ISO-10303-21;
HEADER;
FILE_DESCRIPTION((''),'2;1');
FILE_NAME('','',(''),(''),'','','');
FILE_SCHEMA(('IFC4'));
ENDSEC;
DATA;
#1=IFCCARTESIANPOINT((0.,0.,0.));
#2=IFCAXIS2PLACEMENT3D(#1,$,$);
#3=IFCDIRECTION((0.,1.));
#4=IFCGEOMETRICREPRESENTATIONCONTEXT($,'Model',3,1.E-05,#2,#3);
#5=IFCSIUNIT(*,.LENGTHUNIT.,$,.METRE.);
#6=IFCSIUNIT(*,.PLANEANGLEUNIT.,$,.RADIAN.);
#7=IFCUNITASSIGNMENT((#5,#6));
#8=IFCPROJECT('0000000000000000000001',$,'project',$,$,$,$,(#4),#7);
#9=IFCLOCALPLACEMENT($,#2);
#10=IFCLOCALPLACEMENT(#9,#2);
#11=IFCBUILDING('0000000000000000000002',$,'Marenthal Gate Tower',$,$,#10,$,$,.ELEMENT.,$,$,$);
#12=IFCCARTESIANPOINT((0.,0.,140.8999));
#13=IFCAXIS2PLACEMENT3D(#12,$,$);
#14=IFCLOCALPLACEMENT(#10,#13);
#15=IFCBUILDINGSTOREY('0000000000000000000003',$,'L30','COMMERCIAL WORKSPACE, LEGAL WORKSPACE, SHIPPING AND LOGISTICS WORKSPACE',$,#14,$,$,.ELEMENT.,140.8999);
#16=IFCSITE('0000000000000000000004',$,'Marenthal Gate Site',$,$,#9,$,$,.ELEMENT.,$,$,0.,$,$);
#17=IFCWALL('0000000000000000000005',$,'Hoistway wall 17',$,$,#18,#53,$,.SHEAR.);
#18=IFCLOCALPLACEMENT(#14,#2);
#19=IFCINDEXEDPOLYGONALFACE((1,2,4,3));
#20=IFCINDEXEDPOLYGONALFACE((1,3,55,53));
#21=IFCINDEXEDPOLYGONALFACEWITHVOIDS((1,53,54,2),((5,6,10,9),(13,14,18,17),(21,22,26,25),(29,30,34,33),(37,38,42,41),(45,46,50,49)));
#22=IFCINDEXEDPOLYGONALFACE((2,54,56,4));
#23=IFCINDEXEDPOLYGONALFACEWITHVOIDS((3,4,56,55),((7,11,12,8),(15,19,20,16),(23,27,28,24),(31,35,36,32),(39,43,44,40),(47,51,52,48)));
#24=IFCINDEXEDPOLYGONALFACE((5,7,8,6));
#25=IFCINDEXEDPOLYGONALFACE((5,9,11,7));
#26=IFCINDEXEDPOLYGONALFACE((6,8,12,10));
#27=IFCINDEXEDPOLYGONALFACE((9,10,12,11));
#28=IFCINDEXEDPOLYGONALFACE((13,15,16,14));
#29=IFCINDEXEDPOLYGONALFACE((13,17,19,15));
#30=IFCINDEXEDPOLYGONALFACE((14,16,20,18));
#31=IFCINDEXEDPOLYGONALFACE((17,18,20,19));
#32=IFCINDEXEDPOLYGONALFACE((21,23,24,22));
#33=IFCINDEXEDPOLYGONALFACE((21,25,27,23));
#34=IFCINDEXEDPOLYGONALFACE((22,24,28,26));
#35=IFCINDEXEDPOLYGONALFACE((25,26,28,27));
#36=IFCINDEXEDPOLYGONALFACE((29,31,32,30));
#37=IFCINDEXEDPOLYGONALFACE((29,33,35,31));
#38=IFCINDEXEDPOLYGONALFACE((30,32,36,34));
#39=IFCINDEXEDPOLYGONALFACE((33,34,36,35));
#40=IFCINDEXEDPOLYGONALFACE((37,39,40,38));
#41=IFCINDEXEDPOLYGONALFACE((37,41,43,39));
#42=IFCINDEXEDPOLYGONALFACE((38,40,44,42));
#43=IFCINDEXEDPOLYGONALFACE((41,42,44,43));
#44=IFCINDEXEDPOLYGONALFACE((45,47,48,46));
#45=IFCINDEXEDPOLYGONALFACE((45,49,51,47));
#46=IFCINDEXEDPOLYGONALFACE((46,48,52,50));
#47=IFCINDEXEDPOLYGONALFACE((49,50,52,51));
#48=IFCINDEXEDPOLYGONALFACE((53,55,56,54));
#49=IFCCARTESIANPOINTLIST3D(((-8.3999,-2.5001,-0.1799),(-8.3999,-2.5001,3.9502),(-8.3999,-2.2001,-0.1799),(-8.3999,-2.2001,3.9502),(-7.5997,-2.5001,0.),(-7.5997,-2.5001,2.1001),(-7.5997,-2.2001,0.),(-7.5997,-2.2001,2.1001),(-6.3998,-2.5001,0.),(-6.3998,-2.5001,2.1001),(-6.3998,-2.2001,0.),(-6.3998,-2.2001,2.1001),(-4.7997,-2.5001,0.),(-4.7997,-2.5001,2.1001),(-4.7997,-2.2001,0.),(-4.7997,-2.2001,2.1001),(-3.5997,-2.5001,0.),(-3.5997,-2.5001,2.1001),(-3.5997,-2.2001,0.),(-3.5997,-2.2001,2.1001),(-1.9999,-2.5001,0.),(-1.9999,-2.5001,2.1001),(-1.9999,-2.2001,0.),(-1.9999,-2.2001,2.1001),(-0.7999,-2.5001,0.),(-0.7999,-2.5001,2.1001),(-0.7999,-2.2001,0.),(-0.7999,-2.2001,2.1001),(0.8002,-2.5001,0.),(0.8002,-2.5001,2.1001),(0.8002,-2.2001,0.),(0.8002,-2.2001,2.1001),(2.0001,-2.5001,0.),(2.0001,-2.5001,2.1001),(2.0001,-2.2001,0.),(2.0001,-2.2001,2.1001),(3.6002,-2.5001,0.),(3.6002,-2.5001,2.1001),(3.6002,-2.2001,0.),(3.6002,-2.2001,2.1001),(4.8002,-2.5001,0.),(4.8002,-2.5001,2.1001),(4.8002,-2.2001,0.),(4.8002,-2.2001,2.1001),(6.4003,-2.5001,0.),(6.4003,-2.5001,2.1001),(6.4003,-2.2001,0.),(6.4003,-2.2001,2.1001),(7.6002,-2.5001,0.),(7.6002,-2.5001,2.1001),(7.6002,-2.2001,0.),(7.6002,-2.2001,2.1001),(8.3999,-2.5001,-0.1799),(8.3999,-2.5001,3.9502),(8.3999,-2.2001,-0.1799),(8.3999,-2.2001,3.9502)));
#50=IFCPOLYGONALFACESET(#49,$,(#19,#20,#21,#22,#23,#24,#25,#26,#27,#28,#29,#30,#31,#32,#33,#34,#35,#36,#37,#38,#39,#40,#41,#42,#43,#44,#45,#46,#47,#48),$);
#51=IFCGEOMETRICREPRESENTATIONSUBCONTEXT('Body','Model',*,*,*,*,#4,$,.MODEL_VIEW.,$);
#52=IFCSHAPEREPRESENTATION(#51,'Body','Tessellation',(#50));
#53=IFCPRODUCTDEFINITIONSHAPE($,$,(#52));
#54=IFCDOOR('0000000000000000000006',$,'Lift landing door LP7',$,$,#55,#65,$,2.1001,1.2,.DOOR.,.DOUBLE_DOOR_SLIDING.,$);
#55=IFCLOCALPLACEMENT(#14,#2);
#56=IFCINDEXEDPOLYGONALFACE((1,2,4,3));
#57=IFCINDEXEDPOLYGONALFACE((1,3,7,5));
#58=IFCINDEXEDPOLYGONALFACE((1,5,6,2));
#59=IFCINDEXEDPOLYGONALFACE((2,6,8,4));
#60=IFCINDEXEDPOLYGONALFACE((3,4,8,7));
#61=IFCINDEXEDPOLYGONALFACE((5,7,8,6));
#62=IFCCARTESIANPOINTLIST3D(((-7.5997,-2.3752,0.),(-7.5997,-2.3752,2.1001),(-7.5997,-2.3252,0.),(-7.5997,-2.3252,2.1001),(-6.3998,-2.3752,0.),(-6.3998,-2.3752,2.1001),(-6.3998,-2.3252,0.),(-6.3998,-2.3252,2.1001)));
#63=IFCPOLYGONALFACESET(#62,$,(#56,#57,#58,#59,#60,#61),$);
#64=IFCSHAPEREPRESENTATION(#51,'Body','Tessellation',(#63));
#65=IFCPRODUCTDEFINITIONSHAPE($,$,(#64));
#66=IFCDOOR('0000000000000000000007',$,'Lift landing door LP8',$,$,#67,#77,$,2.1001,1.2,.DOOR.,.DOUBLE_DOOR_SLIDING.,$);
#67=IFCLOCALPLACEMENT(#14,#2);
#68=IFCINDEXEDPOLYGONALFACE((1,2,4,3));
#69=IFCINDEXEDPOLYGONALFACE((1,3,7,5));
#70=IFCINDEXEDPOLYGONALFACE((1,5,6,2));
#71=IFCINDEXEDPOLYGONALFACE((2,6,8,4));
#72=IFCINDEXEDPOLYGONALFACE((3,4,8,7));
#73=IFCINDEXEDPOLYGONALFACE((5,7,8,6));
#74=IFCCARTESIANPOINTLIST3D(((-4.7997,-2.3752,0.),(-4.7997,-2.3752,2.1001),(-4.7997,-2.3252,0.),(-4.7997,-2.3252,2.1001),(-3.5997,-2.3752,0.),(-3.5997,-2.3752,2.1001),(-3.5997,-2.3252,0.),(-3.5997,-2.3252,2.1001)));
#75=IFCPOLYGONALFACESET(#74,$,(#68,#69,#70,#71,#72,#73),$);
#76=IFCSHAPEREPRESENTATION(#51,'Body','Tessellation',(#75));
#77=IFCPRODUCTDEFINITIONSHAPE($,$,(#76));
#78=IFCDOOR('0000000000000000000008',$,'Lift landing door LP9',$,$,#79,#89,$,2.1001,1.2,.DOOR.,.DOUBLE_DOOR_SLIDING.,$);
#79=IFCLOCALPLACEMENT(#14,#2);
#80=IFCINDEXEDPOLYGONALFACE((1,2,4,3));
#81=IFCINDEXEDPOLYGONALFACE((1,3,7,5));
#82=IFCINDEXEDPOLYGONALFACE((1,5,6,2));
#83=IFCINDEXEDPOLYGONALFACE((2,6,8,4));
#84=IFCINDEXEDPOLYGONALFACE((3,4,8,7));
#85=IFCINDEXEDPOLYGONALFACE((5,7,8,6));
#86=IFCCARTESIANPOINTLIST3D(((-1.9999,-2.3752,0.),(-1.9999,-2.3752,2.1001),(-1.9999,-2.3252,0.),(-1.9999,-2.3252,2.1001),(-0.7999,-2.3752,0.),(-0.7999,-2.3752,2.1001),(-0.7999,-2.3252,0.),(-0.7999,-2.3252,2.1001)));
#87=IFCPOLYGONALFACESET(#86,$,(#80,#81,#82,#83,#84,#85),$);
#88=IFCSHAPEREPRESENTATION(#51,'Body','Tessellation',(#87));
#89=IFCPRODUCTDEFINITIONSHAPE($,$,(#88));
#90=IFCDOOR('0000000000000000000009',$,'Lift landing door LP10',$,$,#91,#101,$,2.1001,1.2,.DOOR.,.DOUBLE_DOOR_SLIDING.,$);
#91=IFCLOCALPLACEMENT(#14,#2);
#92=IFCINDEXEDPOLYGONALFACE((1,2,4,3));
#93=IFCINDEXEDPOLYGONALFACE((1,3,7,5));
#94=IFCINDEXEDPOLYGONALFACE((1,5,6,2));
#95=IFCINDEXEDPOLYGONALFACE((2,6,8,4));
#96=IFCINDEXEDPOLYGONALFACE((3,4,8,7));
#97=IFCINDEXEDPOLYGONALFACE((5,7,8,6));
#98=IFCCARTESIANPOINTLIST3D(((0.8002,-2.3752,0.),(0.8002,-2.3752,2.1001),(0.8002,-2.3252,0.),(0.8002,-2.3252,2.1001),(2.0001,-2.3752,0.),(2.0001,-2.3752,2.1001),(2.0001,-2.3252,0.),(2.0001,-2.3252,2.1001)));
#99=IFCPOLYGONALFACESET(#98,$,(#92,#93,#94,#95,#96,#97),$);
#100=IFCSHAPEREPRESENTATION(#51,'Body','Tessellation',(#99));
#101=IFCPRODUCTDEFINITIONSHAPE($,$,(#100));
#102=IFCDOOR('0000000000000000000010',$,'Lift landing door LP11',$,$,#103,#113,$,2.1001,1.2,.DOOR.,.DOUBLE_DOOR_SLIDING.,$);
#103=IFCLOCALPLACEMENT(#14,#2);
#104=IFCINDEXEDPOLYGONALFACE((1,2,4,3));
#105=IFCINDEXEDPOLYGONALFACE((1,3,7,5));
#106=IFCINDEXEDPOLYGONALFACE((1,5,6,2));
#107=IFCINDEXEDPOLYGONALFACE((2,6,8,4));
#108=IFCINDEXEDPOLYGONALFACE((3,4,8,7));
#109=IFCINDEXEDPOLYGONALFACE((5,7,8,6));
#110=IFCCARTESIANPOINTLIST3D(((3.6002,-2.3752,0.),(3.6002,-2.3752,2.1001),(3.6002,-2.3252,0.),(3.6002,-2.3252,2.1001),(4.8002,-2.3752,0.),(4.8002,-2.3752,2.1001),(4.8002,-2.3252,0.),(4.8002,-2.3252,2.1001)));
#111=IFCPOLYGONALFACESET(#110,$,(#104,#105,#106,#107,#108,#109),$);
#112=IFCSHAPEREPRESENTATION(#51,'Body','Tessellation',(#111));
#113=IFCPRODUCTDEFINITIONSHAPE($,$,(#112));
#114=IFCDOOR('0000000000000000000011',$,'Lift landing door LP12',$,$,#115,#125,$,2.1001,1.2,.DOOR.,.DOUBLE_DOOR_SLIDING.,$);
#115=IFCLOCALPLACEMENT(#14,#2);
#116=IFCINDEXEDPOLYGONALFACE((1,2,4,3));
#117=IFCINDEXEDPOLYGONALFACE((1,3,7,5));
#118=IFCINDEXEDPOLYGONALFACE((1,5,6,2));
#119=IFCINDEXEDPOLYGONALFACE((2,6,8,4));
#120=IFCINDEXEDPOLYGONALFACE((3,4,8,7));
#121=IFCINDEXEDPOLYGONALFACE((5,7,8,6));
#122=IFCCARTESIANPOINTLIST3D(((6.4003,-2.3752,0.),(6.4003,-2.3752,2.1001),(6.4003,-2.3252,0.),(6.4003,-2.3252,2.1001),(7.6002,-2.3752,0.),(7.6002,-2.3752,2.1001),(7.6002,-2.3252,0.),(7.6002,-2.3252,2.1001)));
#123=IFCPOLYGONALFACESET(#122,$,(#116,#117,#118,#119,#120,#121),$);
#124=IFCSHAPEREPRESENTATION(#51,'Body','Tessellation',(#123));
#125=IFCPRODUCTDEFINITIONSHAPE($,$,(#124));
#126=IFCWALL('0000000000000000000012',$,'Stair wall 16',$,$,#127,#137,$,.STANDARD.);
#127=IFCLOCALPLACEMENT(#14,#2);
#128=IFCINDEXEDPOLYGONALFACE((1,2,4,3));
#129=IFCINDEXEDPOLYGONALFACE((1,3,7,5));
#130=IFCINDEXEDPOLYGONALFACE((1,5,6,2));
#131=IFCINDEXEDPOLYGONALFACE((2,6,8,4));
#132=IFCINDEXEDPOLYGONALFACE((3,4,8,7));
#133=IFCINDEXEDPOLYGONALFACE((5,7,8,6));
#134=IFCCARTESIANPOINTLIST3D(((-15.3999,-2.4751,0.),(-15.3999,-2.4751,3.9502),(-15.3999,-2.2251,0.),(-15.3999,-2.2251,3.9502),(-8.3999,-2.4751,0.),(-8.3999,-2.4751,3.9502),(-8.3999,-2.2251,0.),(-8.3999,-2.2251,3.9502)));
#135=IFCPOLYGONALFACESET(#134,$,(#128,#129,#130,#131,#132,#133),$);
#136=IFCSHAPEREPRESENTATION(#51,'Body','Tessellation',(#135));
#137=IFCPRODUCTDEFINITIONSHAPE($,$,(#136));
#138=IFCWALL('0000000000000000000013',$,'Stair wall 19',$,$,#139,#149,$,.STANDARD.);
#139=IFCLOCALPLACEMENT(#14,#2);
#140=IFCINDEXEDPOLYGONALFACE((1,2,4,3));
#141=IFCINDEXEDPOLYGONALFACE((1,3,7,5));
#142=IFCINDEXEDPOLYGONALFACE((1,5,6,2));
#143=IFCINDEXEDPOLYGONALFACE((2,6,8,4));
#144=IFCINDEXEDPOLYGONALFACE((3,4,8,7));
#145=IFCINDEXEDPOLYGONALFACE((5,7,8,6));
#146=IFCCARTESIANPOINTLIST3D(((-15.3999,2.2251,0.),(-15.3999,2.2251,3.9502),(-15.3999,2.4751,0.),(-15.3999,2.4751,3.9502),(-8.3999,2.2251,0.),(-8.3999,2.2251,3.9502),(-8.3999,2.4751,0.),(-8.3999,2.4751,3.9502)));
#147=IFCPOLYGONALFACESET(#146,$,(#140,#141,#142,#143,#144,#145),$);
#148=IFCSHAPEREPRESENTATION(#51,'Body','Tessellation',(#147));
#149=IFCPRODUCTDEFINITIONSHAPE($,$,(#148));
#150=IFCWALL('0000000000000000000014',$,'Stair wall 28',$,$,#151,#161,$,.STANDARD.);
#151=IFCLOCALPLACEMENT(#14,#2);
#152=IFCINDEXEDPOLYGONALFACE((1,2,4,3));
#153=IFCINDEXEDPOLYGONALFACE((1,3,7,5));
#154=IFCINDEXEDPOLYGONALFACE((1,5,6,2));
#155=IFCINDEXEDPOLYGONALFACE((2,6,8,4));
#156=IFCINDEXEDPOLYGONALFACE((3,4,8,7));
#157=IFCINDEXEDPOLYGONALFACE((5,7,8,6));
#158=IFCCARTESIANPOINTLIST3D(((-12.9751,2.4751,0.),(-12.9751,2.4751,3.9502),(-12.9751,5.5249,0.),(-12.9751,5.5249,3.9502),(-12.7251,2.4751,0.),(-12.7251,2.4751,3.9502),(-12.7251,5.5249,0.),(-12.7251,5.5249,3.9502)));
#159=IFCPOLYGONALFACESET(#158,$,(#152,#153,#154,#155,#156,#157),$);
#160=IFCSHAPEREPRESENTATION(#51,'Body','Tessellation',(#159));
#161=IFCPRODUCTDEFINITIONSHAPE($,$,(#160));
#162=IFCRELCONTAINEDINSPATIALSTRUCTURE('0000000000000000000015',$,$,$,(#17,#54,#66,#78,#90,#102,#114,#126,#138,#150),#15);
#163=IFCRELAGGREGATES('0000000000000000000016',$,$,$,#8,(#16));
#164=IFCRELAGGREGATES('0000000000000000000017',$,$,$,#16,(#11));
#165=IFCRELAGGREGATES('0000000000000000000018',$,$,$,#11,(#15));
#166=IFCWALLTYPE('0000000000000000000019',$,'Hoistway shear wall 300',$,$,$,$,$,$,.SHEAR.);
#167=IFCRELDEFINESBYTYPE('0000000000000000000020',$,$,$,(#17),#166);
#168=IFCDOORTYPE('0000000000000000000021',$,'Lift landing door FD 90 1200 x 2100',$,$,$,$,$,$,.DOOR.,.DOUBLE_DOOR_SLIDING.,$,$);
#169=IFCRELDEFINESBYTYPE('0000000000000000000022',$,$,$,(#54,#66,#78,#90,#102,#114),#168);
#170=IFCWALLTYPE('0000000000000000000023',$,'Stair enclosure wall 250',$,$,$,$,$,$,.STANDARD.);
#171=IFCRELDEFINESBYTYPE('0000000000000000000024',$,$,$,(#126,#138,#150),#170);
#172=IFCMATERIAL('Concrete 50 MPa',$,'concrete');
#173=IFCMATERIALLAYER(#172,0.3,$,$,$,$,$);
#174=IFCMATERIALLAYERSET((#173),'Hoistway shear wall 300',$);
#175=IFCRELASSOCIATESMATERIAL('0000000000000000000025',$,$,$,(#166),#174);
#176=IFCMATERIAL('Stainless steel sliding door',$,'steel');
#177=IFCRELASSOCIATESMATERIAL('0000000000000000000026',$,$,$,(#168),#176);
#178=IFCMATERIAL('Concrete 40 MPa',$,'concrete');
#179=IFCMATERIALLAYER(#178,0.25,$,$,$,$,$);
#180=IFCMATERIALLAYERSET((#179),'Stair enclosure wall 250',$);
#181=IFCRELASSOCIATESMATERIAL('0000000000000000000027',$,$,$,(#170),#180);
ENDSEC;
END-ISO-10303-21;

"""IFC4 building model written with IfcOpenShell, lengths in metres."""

from ifc_helpers import new_model, si_unit, direction, frame, frame_2d, origin, place, context, subcontext, project, spatial, rectangle, extrude, material, layer, layer_set, type_object, element, fill, save


model = new_model("IFC4")

# Units and contexts
model_context = context("Model", 3, precision=1e-05, world=origin(), true_north=direction((0.0, 1.0)))
body_context = subcontext(model_context, "Body", "Model", "MODEL_VIEW")
ifc_project = project(units=[si_unit("LENGTHUNIT", "METRE"), si_unit("PLANEANGLEUNIT", "RADIAN")], contexts=[model_context])

# Site, building, storey
site_placement = place(None, origin())
site = spatial("IfcSite", under=ifc_project, at=site_placement, Name="Marenthal Gate Site", CompositionType="ELEMENT", RefElevation=0.0)
building_placement = place(site_placement, origin())
building = spatial("IfcBuilding", under=site, at=building_placement, Name="Marenthal Gate Tower", CompositionType="ELEMENT")
storey_placement = place(building_placement, frame((0.0, 0.0, 140.8999)))
storey = spatial("IfcBuildingStorey", under=building, at=storey_placement, Name="L30", Description="COMMERCIAL WORKSPACE, LEGAL WORKSPACE, SHIPPING AND LOGISTICS WORKSPACE", CompositionType="ELEMENT", Elevation=140.8999)

# Wall, openings, doors
ifc_material_1 = material(Name="Concrete 50 MPa", Category="concrete")
ifc_layer_1 = layer(ifc_material_1, 0.3)
ifc_layer_set_1 = layer_set([ifc_layer_1], Name="Hoistway shear wall 300")
wall_type_1 = type_object("IfcWallType", Name="Hoistway shear wall 300", PredefinedType="SHEAR", material=ifc_layer_set_1)
wall_1_placement = place(storey_placement, frame((-8.3999, -2.3501, -0.1799), z_axis=(0.0, 0.0, 1.0), x_axis=(1.0, 0.0, 0.0)))
wall_1 = element("IfcWall", 1, at=wall_1_placement, inside=storey, type_object=wall_type_1, Name="Hoistway wall 17", PredefinedType="SHEAR", context=body_context, shape_type="SweptSolid", body=[
    extrude(rectangle(XDim=16.7998, YDim=0.3, at=frame_2d((8.3999, 0.0))), origin(), (0.0, 0.0, 1.0), 4.1301),
])
opening_1_placement = place(wall_1_placement, frame((0.8, 0.0, 0.1799)))
opening_1 = element("IfcOpeningElement", 2, at=opening_1_placement, cuts=wall_1, PredefinedType="OPENING", context=body_context, shape_type="SweptSolid", body=[
    extrude(rectangle(XDim=1.2, YDim=2.1001, at=frame_2d((0.6001, 1.05))), frame((0.0, 0.1602, 0.0), z_axis=(0.0, -1.0, 0.0), x_axis=(1.0, 0.0, 0.0)), (0.0, 0.0, 1.0), 0.3201),
])
opening_2_placement = place(wall_1_placement, frame((3.6001, 0.0, 0.1799)))
opening_2 = element("IfcOpeningElement", 3, at=opening_2_placement, cuts=wall_1, PredefinedType="OPENING", context=body_context, shape_type="SweptSolid", body=[
    extrude(rectangle(XDim=1.2, YDim=2.1001, at=frame_2d((0.6001, 1.05))), frame((0.0, 0.1602, 0.0), z_axis=(0.0, -1.0, 0.0), x_axis=(1.0, 0.0, 0.0)), (0.0, 0.0, 1.0), 0.3201),
])
opening_3_placement = place(wall_1_placement, frame((6.3999, 0.0, 0.1799)))
opening_3 = element("IfcOpeningElement", 4, at=opening_3_placement, cuts=wall_1, PredefinedType="OPENING", context=body_context, shape_type="SweptSolid", body=[
    extrude(rectangle(XDim=1.2, YDim=2.1001, at=frame_2d((0.6001, 1.05))), frame((0.0, 0.1602, 0.0), z_axis=(0.0, -1.0, 0.0), x_axis=(1.0, 0.0, 0.0)), (0.0, 0.0, 1.0), 0.3201),
])
opening_4_placement = place(wall_1_placement, frame((9.2, 0.0, 0.1799)))
opening_4 = element("IfcOpeningElement", 5, at=opening_4_placement, cuts=wall_1, PredefinedType="OPENING", context=body_context, shape_type="SweptSolid", body=[
    extrude(rectangle(XDim=1.2, YDim=2.1001, at=frame_2d((0.6001, 1.05))), frame((0.0, 0.1602, 0.0), z_axis=(0.0, -1.0, 0.0), x_axis=(1.0, 0.0, 0.0)), (0.0, 0.0, 1.0), 0.3201),
])
opening_5_placement = place(wall_1_placement, frame((12.0, 0.0, 0.1799)))
opening_5 = element("IfcOpeningElement", 6, at=opening_5_placement, cuts=wall_1, PredefinedType="OPENING", context=body_context, shape_type="SweptSolid", body=[
    extrude(rectangle(XDim=1.2, YDim=2.1001, at=frame_2d((0.6001, 1.05))), frame((0.0, 0.1602, 0.0), z_axis=(0.0, -1.0, 0.0), x_axis=(1.0, 0.0, 0.0)), (0.0, 0.0, 1.0), 0.3201),
])
opening_6_placement = place(wall_1_placement, frame((14.8, 0.0, 0.1799)))
opening_6 = element("IfcOpeningElement", 7, at=opening_6_placement, cuts=wall_1, PredefinedType="OPENING", context=body_context, shape_type="SweptSolid", body=[
    extrude(rectangle(XDim=1.2, YDim=2.1001, at=frame_2d((0.6001, 1.05))), frame((0.0, 0.1602, 0.0), z_axis=(0.0, -1.0, 0.0), x_axis=(1.0, 0.0, 0.0)), (0.0, 0.0, 1.0), 0.3201),
])
ifc_material_2 = material(Name="Stainless steel sliding door", Category="steel")
door_type_1 = type_object("IfcDoorType", Name="Lift landing door FD 90 1200 x 2100", OperationType="DOUBLE_DOOR_SLIDING", PredefinedType="DOOR", material=ifc_material_2)
door_1_placement = place(opening_1_placement, origin())
door_1 = element("IfcDoor", 8, at=door_1_placement, inside=storey, type_object=door_type_1, Name="Lift landing door LP7", OperationType="DOUBLE_DOOR_SLIDING", OverallHeight=2.1001, OverallWidth=1.2, PredefinedType="DOOR", context=body_context, shape_type="SweptSolid", body=[
    extrude(rectangle(XDim=1.2, YDim=2.1001, at=frame_2d((0.6001, 1.05))), frame((0.0, 0.0249, 0.0), z_axis=(0.0, -1.0, 0.0), x_axis=(1.0, 0.0, 0.0)), (0.0, 0.0, 1.0), 0.05),
])
fill(opening_1, door_1)
door_2_placement = place(opening_2_placement, origin())
door_2 = element("IfcDoor", 9, at=door_2_placement, inside=storey, type_object=door_type_1, Name="Lift landing door LP8", OperationType="DOUBLE_DOOR_SLIDING", OverallHeight=2.1001, OverallWidth=1.2, PredefinedType="DOOR", context=body_context, shape_type="SweptSolid", body=[
    extrude(rectangle(XDim=1.2, YDim=2.1001, at=frame_2d((0.6001, 1.05))), frame((0.0, 0.0249, 0.0), z_axis=(0.0, -1.0, 0.0), x_axis=(1.0, 0.0, 0.0)), (0.0, 0.0, 1.0), 0.05),
])
fill(opening_2, door_2)
door_3_placement = place(opening_3_placement, origin())
door_3 = element("IfcDoor", 10, at=door_3_placement, inside=storey, type_object=door_type_1, Name="Lift landing door LP9", OperationType="DOUBLE_DOOR_SLIDING", OverallHeight=2.1001, OverallWidth=1.2, PredefinedType="DOOR", context=body_context, shape_type="SweptSolid", body=[
    extrude(rectangle(XDim=1.2, YDim=2.1001, at=frame_2d((0.6001, 1.05))), frame((0.0, 0.0249, 0.0), z_axis=(0.0, -1.0, 0.0), x_axis=(1.0, 0.0, 0.0)), (0.0, 0.0, 1.0), 0.05),
])
fill(opening_3, door_3)
door_4_placement = place(opening_4_placement, origin())
door_4 = element("IfcDoor", 11, at=door_4_placement, inside=storey, type_object=door_type_1, Name="Lift landing door LP10", OperationType="DOUBLE_DOOR_SLIDING", OverallHeight=2.1001, OverallWidth=1.2, PredefinedType="DOOR", context=body_context, shape_type="SweptSolid", body=[
    extrude(rectangle(XDim=1.2, YDim=2.1001, at=frame_2d((0.6001, 1.05))), frame((0.0, 0.0249, 0.0), z_axis=(0.0, -1.0, 0.0), x_axis=(1.0, 0.0, 0.0)), (0.0, 0.0, 1.0), 0.05),
])
fill(opening_4, door_4)
door_5_placement = place(opening_5_placement, origin())
door_5 = element("IfcDoor", 12, at=door_5_placement, inside=storey, type_object=door_type_1, Name="Lift landing door LP11", OperationType="DOUBLE_DOOR_SLIDING", OverallHeight=2.1001, OverallWidth=1.2, PredefinedType="DOOR", context=body_context, shape_type="SweptSolid", body=[
    extrude(rectangle(XDim=1.2, YDim=2.1001, at=frame_2d((0.6001, 1.05))), frame((0.0, 0.0249, 0.0), z_axis=(0.0, -1.0, 0.0), x_axis=(1.0, 0.0, 0.0)), (0.0, 0.0, 1.0), 0.05),
])
fill(opening_5, door_5)
door_6_placement = place(opening_6_placement, origin())
door_6 = element("IfcDoor", 13, at=door_6_placement, inside=storey, type_object=door_type_1, Name="Lift landing door LP12", OperationType="DOUBLE_DOOR_SLIDING", OverallHeight=2.1001, OverallWidth=1.2, PredefinedType="DOOR", context=body_context, shape_type="SweptSolid", body=[
    extrude(rectangle(XDim=1.2, YDim=2.1001, at=frame_2d((0.6001, 1.05))), frame((0.0, 0.0249, 0.0), z_axis=(0.0, -1.0, 0.0), x_axis=(1.0, 0.0, 0.0)), (0.0, 0.0, 1.0), 0.05),
])
fill(opening_6, door_6)

# Walls
ifc_material_3 = material(Name="Concrete 40 MPa", Category="concrete")
ifc_layer_2 = layer(ifc_material_3, 0.25)
ifc_layer_set_2 = layer_set([ifc_layer_2], Name="Stair enclosure wall 250")
wall_type_2 = type_object("IfcWallType", Name="Stair enclosure wall 250", PredefinedType="STANDARD", material=ifc_layer_set_2)
for number, where, z_axis, x_axis, name in (
    (14, (-15.3999, -2.3501, 0.0), (0.0, 0.0, 1.0), (1.0, 0.0, 0.0), "Stair wall 16"),
    (15, (-15.3999, 2.3501, 0.0), (0.0, 0.0, 1.0), (1.0, 0.0, 0.0), "Stair wall 19"),
):
    element("IfcWall", number, at=place(storey_placement, frame(where, z_axis=z_axis, x_axis=x_axis)), inside=storey, type_object=wall_type_2, Name=name, PredefinedType="STANDARD", context=body_context, shape_type="SweptSolid", body=[
        extrude(rectangle(XDim=7.0, YDim=0.25, at=frame_2d((3.5, 0.0))), origin(), (0.0, 0.0, 1.0), 3.9502),
    ])
wall_2_placement = place(storey_placement, frame((-12.8501, 2.4751, 0.0), z_axis=(0.0, 0.0, 1.0), x_axis=(0.0, 1.0, 0.0)))
element("IfcWall", 16, at=wall_2_placement, inside=storey, type_object=wall_type_2, Name="Stair wall 28", PredefinedType="STANDARD", context=body_context, shape_type="SweptSolid", body=[
    extrude(rectangle(XDim=3.0498, YDim=0.25, at=frame_2d((1.5249, 0.0))), origin(), (0.0, 0.0, 1.0), 3.9502),
])

save(model, "model.ifc")
